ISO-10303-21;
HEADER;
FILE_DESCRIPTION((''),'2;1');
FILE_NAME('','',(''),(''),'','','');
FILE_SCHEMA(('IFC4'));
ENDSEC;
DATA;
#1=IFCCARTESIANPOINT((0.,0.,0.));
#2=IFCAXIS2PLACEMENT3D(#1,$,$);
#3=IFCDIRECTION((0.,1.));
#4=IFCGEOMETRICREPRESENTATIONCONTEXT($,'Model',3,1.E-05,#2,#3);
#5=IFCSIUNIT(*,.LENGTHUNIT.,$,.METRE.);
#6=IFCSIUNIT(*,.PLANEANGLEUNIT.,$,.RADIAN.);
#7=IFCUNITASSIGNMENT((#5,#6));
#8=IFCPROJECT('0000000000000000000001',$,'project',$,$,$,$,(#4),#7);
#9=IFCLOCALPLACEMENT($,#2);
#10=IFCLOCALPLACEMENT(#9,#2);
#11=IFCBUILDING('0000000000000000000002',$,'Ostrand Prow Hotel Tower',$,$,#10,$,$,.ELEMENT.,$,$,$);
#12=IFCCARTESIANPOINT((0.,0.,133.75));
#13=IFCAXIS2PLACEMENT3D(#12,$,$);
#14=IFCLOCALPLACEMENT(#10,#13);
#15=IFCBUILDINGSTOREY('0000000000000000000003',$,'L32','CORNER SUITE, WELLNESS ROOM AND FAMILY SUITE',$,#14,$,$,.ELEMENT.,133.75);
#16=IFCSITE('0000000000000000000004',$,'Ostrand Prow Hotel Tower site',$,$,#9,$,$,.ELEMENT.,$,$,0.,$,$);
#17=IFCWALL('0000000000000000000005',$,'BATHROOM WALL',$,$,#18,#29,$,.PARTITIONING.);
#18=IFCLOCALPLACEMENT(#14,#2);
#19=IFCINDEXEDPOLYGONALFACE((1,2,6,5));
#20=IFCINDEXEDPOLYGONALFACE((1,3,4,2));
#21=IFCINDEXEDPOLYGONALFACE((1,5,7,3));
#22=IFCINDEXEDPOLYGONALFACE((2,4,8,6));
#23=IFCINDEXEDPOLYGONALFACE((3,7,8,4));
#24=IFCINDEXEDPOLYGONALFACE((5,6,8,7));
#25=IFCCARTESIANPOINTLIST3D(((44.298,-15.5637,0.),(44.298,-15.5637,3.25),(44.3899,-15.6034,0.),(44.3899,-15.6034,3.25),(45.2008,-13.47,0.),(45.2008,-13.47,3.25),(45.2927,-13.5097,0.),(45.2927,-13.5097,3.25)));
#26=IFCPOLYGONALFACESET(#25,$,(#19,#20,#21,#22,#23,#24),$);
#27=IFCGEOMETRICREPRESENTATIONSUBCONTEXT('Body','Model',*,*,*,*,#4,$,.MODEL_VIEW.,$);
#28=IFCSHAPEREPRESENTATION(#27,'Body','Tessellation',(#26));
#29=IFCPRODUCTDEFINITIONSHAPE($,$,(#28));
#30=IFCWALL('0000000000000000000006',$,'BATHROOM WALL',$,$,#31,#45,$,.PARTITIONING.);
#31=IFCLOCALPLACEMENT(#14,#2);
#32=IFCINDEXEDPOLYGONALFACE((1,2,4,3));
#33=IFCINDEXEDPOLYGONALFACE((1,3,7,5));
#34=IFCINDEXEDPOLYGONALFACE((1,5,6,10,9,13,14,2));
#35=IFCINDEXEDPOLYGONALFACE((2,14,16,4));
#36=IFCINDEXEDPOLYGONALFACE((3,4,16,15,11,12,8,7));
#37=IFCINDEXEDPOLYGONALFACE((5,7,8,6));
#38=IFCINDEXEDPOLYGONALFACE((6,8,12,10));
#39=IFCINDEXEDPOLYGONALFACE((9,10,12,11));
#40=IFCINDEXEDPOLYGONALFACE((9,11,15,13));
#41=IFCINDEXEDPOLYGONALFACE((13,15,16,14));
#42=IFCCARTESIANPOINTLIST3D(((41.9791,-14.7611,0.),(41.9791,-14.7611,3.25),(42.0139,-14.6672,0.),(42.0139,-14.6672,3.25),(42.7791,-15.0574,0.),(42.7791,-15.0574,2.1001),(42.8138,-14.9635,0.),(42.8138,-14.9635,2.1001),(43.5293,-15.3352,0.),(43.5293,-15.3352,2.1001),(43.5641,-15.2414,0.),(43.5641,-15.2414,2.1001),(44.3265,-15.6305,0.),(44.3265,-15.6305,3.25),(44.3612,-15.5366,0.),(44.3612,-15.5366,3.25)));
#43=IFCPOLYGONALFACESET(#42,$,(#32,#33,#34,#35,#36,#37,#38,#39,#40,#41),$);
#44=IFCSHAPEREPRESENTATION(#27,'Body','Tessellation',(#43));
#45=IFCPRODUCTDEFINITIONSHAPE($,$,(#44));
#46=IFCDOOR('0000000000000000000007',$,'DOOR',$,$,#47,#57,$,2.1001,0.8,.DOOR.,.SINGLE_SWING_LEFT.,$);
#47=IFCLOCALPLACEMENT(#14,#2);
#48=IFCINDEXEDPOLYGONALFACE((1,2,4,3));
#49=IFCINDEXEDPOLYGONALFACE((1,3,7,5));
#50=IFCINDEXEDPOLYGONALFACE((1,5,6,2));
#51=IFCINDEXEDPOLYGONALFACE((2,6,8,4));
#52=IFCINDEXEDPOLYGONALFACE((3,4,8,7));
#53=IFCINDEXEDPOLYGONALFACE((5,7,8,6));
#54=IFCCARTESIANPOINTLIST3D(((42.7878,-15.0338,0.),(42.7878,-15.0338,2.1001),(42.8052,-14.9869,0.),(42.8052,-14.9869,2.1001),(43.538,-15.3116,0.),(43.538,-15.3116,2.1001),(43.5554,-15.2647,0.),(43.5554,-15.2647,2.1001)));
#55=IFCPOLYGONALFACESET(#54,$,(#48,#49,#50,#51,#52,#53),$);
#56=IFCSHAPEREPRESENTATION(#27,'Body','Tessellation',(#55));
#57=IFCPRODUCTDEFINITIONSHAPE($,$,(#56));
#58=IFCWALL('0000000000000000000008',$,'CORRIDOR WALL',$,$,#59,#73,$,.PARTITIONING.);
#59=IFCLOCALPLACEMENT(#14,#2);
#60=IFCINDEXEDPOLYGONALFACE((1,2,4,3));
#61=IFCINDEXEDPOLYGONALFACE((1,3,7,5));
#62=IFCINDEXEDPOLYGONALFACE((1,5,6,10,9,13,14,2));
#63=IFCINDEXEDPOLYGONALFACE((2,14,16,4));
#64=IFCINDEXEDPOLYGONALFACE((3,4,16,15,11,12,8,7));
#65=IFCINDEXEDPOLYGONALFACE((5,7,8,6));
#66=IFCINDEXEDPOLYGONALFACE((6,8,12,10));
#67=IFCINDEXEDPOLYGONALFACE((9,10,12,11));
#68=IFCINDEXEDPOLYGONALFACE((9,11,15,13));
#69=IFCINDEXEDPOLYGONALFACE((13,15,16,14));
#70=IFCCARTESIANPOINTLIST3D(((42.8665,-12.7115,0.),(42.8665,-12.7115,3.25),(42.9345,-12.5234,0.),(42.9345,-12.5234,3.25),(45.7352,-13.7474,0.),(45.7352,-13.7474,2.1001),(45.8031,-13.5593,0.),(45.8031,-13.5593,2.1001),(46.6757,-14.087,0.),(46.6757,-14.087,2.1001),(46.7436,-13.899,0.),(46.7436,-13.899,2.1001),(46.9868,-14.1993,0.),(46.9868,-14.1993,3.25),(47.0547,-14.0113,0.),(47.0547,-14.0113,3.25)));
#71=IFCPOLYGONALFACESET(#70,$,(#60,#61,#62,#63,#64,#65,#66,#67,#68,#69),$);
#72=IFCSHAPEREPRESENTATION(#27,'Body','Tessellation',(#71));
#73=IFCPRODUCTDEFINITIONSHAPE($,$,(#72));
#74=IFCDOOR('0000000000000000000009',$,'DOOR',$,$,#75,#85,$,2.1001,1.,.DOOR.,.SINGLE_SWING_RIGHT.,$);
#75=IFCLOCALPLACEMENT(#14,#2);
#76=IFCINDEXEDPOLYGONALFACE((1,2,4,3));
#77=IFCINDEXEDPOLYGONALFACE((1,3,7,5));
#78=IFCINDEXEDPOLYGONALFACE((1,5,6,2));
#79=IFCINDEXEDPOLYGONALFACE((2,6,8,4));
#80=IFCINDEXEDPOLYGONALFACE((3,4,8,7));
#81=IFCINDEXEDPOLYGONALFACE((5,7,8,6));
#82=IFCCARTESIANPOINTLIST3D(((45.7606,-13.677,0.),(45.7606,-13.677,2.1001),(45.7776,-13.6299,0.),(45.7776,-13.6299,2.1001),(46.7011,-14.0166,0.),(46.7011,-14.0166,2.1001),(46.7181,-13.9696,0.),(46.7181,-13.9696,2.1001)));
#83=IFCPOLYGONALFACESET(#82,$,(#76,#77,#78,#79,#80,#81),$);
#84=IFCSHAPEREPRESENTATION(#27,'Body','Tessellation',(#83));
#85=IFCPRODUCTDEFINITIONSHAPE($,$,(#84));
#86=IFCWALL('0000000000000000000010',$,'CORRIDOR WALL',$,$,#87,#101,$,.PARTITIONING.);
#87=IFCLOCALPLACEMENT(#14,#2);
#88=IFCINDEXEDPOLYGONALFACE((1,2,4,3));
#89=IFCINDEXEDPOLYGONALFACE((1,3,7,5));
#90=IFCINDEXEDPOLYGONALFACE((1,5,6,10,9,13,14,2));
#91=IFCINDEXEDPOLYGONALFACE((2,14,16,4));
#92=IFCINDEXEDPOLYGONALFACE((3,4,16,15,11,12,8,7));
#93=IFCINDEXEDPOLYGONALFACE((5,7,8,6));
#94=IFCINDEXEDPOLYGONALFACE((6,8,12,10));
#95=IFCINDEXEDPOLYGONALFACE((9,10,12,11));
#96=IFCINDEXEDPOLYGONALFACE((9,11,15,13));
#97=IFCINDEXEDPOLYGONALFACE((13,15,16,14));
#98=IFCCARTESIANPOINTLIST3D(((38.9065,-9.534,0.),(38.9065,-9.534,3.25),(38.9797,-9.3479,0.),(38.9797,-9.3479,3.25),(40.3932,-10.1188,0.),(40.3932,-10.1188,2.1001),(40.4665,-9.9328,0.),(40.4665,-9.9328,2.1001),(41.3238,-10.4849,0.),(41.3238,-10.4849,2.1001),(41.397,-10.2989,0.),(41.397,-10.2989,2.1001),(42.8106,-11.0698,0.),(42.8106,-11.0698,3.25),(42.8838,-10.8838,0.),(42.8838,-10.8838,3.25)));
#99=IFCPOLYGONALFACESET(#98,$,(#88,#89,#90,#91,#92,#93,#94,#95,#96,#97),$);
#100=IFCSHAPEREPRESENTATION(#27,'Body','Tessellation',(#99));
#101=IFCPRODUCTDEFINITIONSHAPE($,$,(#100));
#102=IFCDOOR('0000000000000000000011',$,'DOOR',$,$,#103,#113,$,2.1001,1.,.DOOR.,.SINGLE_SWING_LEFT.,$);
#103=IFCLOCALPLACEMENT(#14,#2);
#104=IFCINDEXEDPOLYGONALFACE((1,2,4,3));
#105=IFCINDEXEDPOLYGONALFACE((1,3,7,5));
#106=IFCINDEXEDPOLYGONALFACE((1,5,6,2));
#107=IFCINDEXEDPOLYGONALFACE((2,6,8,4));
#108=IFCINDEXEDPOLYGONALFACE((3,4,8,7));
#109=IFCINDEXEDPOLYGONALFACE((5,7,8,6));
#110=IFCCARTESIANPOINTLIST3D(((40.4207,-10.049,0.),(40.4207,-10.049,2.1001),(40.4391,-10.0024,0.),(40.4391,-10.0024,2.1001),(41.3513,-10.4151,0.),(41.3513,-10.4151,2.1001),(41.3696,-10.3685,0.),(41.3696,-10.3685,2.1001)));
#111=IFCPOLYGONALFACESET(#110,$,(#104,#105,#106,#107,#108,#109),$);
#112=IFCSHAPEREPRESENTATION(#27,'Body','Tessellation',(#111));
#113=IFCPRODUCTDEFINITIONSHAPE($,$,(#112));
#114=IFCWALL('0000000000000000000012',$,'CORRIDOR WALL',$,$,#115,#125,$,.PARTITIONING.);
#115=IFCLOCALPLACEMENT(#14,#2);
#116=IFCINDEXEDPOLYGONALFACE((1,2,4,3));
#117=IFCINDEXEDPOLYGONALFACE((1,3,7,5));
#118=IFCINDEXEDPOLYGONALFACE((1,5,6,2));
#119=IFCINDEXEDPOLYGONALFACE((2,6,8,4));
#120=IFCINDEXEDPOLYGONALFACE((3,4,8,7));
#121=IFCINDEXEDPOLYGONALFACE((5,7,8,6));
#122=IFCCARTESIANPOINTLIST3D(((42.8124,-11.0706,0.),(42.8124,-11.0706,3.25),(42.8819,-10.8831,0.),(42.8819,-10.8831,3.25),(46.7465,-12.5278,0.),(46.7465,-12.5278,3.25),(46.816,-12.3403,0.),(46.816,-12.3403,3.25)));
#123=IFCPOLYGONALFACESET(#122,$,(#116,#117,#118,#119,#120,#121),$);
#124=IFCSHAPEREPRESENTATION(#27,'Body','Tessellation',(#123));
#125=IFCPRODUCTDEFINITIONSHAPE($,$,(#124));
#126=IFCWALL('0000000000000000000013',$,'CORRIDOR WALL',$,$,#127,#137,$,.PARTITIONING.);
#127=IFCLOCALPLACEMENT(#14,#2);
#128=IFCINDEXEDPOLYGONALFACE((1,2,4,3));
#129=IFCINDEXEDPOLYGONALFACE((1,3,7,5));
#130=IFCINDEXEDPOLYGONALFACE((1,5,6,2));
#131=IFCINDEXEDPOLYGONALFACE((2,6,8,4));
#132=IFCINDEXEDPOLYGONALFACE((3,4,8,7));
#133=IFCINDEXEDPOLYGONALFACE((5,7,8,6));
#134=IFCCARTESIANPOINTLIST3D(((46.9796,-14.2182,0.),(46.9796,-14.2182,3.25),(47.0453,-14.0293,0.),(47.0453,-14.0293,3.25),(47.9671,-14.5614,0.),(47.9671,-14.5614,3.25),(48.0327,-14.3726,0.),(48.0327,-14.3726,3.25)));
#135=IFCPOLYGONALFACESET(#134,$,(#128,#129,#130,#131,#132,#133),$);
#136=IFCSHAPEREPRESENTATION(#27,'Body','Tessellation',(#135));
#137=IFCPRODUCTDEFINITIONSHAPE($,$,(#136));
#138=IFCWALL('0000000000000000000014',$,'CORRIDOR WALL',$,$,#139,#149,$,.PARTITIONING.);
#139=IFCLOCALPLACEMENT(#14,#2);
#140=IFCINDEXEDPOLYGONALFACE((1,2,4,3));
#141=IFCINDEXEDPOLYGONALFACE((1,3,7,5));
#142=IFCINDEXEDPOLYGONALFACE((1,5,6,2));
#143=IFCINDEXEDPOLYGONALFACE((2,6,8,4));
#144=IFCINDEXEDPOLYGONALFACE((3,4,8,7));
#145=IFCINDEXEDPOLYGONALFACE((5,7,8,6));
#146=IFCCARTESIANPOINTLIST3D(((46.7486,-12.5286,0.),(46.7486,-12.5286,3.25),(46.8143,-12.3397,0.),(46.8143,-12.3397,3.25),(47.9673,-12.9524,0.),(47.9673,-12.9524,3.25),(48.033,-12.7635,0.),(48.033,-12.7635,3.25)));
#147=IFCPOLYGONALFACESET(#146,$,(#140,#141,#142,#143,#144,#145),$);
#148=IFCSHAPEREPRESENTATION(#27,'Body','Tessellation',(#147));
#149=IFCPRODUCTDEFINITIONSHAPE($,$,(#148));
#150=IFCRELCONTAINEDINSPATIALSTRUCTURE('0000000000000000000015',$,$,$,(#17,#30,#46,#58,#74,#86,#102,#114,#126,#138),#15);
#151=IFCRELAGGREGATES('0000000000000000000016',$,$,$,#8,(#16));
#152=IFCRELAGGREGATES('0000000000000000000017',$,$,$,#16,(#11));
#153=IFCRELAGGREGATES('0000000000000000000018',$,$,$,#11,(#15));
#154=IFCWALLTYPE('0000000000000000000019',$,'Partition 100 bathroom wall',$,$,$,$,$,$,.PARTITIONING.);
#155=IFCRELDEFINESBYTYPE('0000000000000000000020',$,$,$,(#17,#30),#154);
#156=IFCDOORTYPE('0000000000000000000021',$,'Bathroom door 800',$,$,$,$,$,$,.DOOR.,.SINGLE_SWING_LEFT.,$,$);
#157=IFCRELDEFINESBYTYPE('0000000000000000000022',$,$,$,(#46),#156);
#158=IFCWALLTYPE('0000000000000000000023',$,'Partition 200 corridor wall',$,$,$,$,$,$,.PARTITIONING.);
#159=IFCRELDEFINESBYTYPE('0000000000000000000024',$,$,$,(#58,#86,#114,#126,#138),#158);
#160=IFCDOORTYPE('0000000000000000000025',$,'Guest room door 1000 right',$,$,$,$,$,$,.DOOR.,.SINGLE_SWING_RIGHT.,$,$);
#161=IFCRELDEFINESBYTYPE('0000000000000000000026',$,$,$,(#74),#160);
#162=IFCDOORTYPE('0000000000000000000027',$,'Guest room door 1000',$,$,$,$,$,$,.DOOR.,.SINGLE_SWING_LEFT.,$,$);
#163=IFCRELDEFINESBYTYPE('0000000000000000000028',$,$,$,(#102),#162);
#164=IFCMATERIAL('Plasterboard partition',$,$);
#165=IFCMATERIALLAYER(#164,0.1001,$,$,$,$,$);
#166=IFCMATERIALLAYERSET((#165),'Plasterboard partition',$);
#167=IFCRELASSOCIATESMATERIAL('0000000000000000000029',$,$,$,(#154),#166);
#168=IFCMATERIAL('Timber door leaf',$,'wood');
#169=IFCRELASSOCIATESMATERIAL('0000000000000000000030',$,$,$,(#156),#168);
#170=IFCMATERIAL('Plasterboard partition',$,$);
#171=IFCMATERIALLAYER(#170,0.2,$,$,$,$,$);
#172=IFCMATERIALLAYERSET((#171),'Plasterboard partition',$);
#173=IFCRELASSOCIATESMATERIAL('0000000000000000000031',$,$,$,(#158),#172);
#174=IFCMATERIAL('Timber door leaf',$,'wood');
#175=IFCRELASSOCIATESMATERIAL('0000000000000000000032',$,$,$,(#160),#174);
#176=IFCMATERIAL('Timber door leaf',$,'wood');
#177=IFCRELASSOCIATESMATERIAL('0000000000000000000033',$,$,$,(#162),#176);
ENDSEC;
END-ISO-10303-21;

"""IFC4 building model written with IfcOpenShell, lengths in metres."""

from ifc_helpers import new_model, si_unit, direction, frame, frame_2d, origin, place, context, subcontext, project, spatial, rectangle, extrude, material, layer, layer_set, type_object, element, fill, save


model = new_model("IFC4")

# Units and contexts
model_context = context("Model", 3, precision=1e-05, world=origin(), true_north=direction((0.0, 1.0)))
body_context = subcontext(model_context, "Body", "Model", "MODEL_VIEW")
ifc_project = project(units=[si_unit("LENGTHUNIT", "METRE"), si_unit("PLANEANGLEUNIT", "RADIAN")], contexts=[model_context])

# Site, building, storey
site_placement = place(None, origin())
site = spatial("IfcSite", under=ifc_project, at=site_placement, Name="Ostrand Prow Hotel Tower site", CompositionType="ELEMENT", RefElevation=0.0)
building_placement = place(site_placement, origin())
building = spatial("IfcBuilding", under=site, at=building_placement, Name="Ostrand Prow Hotel Tower", CompositionType="ELEMENT")
storey_placement = place(building_placement, frame((0.0, 0.0, 133.75)))
storey = spatial("IfcBuildingStorey", under=building, at=storey_placement, Name="L32", Description="CORNER SUITE, WELLNESS ROOM AND FAMILY SUITE", CompositionType="ELEMENT", Elevation=133.75)

# Wall
ifc_material_1 = material(Name="Plasterboard partition")
ifc_layer_1 = layer(ifc_material_1, 0.1001)
ifc_layer_set_1 = layer_set([ifc_layer_1], Name="Plasterboard partition")
wall_type_1 = type_object("IfcWallType", Name="Partition 100 bathroom wall", PredefinedType="PARTITIONING", material=ifc_layer_set_1)
wall_1_placement = place(storey_placement, frame((45.2468, -13.4897, 0.0), z_axis=(0.0, 0.0, 1.0), x_axis=(-0.39596, -0.918268, 0.0)))
element("IfcWall", 1, at=wall_1_placement, inside=storey, type_object=wall_type_1, Name="BATHROOM WALL", PredefinedType="PARTITIONING", context=body_context, shape_type="SweptSolid", body=[
    extrude(rectangle(XDim=2.28, YDim=0.1001, at=frame_2d((1.1401, 0.0))), origin(), (0.0, 0.0, 1.0), 3.25),
])

# Walls, openings, doors
wall_2_placement = place(storey_placement, frame((44.3438, -15.5835, 0.0), z_axis=(0.0, 0.0, 1.0), x_axis=(-0.937752, 0.347305, 0.0)))
wall_2 = element("IfcWall", 2, at=wall_2_placement, inside=storey, type_object=wall_type_1, Name="BATHROOM WALL", PredefinedType="PARTITIONING", context=body_context, shape_type="SweptSolid", body=[
    extrude(rectangle(XDim=2.5032, YDim=0.1001, at=frame_2d((1.2515, 0.0))), origin(), (0.0, 0.0, 1.0), 3.25),
])
opening_1_placement = place(wall_2_placement, frame((0.8501, 0.0, 0.0)))
opening_1 = element("IfcOpeningElement", 3, at=opening_1_placement, cuts=wall_2, PredefinedType="OPENING", context=body_context, shape_type="SweptSolid", body=[
    extrude(rectangle(XDim=0.8, YDim=2.1001, at=frame_2d((0.3999, 1.05))), frame((0.0, 0.0601, 0.0), z_axis=(0.0, -1.0, 0.0), x_axis=(1.0, 0.0, 0.0)), (0.0, 0.0, 1.0), 0.1201),
])
ifc_material_2 = material(Name="Timber door leaf", Category="wood")
door_type_1 = type_object("IfcDoorType", Name="Bathroom door 800", OperationType="SINGLE_SWING_LEFT", PredefinedType="DOOR", material=ifc_material_2)
door_1_placement = place(opening_1_placement, origin())
door_1 = element("IfcDoor", 4, at=door_1_placement, inside=storey, type_object=door_type_1, Name="DOOR", OperationType="SINGLE_SWING_LEFT", OverallHeight=2.1001, OverallWidth=0.8, PredefinedType="DOOR", context=body_context, shape_type="SweptSolid", body=[
    extrude(rectangle(XDim=0.8, YDim=2.1001, at=frame_2d((0.3999, 1.05))), frame((0.0, 0.0249, 0.0), z_axis=(0.0, -1.0, 0.0), x_axis=(1.0, 0.0, 0.0)), (0.0, 0.0, 1.0), 0.05),
])
fill(opening_1, door_1)
ifc_material_3 = material(Name="Plasterboard partition")
ifc_layer_2 = layer(ifc_material_3, 0.2)
ifc_layer_set_2 = layer_set([ifc_layer_2], Name="Plasterboard partition")
wall_type_2 = type_object("IfcWallType", Name="Partition 200 corridor wall", PredefinedType="PARTITIONING", material=ifc_layer_set_2)
wall_3_placement = place(storey_placement, frame((42.9004, -12.6174, 0.0), z_axis=(0.0, 0.0, 1.0), x_axis=(0.940556, -0.339639, 0.0)))
wall_3 = element("IfcWall", 5, at=wall_3_placement, inside=storey, type_object=wall_type_2, Name="CORRIDOR WALL", PredefinedType="PARTITIONING", context=body_context, shape_type="SweptSolid", body=[
    extrude(rectangle(XDim=4.3806, YDim=0.2, at=frame_2d((2.1904, 0.0))), origin(), (0.0, 0.0, 1.0), 3.25),
])
opening_2_placement = place(wall_3_placement, frame((3.05, 0.0, 0.0)))
opening_2 = element("IfcOpeningElement", 6, at=opening_2_placement, cuts=wall_3, PredefinedType="OPENING", context=body_context, shape_type="SweptSolid", body=[
    extrude(rectangle(XDim=1.0, YDim=2.1001, at=frame_2d((0.5, 1.05))), frame((0.0, 0.1099, 0.0), z_axis=(0.0, -1.0, 0.0), x_axis=(1.0, 0.0, 0.0)), (0.0, 0.0, 1.0), 0.22),
])
ifc_material_4 = material(Name="Timber door leaf", Category="wood")
door_type_2 = type_object("IfcDoorType", Name="Guest room door 1000 right", OperationType="SINGLE_SWING_RIGHT", PredefinedType="DOOR", material=ifc_material_4)
door_2_placement = place(opening_2_placement, origin())
door_2 = element("IfcDoor", 7, at=door_2_placement, inside=storey, type_object=door_type_2, Name="DOOR", OperationType="SINGLE_SWING_RIGHT", OverallHeight=2.1001, OverallWidth=1.0, PredefinedType="DOOR", context=body_context, shape_type="SweptSolid", body=[
    extrude(rectangle(XDim=1.0, YDim=2.1001, at=frame_2d((0.5, 1.05))), frame((0.0, 0.0249, 0.0), z_axis=(0.0, -1.0, 0.0), x_axis=(1.0, 0.0, 0.0)), (0.0, 0.0, 1.0), 0.05),
])
fill(opening_2, door_2)
wall_4_placement = place(storey_placement, frame((42.8472, -10.9768, 0.0), z_axis=(0.0, 0.0, 1.0), x_axis=(-0.930577, 0.366097, 0.0)))
wall_4 = element("IfcWall", 8, at=wall_4_placement, inside=storey, type_object=wall_type_2, Name="CORRIDOR WALL", PredefinedType="PARTITIONING", context=body_context, shape_type="SweptSolid", body=[
    extrude(rectangle(XDim=4.1953, YDim=0.2, at=frame_2d((2.0977, 0.0))), origin(), (0.0, 0.0, 1.0), 3.25),
])
opening_3_placement = place(wall_4_placement, frame((1.5977, 0.0, 0.0)))
opening_3 = element("IfcOpeningElement", 9, at=opening_3_placement, cuts=wall_4, PredefinedType="OPENING", context=body_context, shape_type="SweptSolid", body=[
    extrude(rectangle(XDim=1.0, YDim=2.1001, at=frame_2d((0.5, 1.05))), frame((0.0, 0.1099, 0.0), z_axis=(0.0, -1.0, 0.0), x_axis=(1.0, 0.0, 0.0)), (0.0, 0.0, 1.0), 0.22),
])
ifc_material_5 = material(Name="Timber door leaf", Category="wood")
door_type_3 = type_object("IfcDoorType", Name="Guest room door 1000", OperationType="SINGLE_SWING_LEFT", PredefinedType="DOOR", material=ifc_material_5)
door_3_placement = place(opening_3_placement, origin())
door_3 = element("IfcDoor", 10, at=door_3_placement, inside=storey, type_object=door_type_3, Name="DOOR", OperationType="SINGLE_SWING_LEFT", OverallHeight=2.1001, OverallWidth=1.0, PredefinedType="DOOR", context=body_context, shape_type="SweptSolid", body=[
    extrude(rectangle(XDim=1.0, YDim=2.1001, at=frame_2d((0.5, 1.05))), frame((0.0, 0.0249, 0.0), z_axis=(0.0, -1.0, 0.0), x_axis=(1.0, 0.0, 0.0)), (0.0, 0.0, 1.0), 0.05),
])
fill(opening_3, door_3)

# Walls
wall_5_placement = place(storey_placement, frame((46.7812, -12.4341, 0.0), z_axis=(0.0, 0.0, 1.0), x_axis=(-0.937733, 0.347358, 0.0)))
element("IfcWall", 11, at=wall_5_placement, inside=storey, type_object=wall_type_2, Name="CORRIDOR WALL", PredefinedType="PARTITIONING", context=body_context, shape_type="SweptSolid", body=[
    extrude(rectangle(XDim=4.1953, YDim=0.2, at=frame_2d((2.0977, 0.0))), origin(), (0.0, 0.0, 1.0), 3.25),
])
wall_6_placement = place(storey_placement, frame((47.0125, -14.1238, 0.0), z_axis=(0.0, 0.0, 1.0), x_axis=(0.944566, -0.328321, 0.0)))
element("IfcWall", 12, at=wall_6_placement, inside=storey, type_object=wall_type_2, Name="CORRIDOR WALL", PredefinedType="PARTITIONING", context=body_context, shape_type="SweptSolid", body=[
    extrude(rectangle(XDim=1.0454, YDim=0.2, at=frame_2d((0.5227, 0.0))), origin(), (0.0, 0.0, 1.0), 3.25),
])
wall_7_placement = place(storey_placement, frame((48.0, -12.8579, 0.0), z_axis=(0.0, 0.0, 1.0), x_axis=(-0.944517, 0.328462, 0.0)))
element("IfcWall", 13, at=wall_7_placement, inside=storey, type_object=wall_type_2, Name="CORRIDOR WALL", PredefinedType="PARTITIONING", context=body_context, shape_type="SweptSolid", body=[
    extrude(rectangle(XDim=1.2903, YDim=0.2, at=frame_2d((0.645, 0.0))), origin(), (0.0, 0.0, 1.0), 3.25),
])

save(model, "model.ifc")
